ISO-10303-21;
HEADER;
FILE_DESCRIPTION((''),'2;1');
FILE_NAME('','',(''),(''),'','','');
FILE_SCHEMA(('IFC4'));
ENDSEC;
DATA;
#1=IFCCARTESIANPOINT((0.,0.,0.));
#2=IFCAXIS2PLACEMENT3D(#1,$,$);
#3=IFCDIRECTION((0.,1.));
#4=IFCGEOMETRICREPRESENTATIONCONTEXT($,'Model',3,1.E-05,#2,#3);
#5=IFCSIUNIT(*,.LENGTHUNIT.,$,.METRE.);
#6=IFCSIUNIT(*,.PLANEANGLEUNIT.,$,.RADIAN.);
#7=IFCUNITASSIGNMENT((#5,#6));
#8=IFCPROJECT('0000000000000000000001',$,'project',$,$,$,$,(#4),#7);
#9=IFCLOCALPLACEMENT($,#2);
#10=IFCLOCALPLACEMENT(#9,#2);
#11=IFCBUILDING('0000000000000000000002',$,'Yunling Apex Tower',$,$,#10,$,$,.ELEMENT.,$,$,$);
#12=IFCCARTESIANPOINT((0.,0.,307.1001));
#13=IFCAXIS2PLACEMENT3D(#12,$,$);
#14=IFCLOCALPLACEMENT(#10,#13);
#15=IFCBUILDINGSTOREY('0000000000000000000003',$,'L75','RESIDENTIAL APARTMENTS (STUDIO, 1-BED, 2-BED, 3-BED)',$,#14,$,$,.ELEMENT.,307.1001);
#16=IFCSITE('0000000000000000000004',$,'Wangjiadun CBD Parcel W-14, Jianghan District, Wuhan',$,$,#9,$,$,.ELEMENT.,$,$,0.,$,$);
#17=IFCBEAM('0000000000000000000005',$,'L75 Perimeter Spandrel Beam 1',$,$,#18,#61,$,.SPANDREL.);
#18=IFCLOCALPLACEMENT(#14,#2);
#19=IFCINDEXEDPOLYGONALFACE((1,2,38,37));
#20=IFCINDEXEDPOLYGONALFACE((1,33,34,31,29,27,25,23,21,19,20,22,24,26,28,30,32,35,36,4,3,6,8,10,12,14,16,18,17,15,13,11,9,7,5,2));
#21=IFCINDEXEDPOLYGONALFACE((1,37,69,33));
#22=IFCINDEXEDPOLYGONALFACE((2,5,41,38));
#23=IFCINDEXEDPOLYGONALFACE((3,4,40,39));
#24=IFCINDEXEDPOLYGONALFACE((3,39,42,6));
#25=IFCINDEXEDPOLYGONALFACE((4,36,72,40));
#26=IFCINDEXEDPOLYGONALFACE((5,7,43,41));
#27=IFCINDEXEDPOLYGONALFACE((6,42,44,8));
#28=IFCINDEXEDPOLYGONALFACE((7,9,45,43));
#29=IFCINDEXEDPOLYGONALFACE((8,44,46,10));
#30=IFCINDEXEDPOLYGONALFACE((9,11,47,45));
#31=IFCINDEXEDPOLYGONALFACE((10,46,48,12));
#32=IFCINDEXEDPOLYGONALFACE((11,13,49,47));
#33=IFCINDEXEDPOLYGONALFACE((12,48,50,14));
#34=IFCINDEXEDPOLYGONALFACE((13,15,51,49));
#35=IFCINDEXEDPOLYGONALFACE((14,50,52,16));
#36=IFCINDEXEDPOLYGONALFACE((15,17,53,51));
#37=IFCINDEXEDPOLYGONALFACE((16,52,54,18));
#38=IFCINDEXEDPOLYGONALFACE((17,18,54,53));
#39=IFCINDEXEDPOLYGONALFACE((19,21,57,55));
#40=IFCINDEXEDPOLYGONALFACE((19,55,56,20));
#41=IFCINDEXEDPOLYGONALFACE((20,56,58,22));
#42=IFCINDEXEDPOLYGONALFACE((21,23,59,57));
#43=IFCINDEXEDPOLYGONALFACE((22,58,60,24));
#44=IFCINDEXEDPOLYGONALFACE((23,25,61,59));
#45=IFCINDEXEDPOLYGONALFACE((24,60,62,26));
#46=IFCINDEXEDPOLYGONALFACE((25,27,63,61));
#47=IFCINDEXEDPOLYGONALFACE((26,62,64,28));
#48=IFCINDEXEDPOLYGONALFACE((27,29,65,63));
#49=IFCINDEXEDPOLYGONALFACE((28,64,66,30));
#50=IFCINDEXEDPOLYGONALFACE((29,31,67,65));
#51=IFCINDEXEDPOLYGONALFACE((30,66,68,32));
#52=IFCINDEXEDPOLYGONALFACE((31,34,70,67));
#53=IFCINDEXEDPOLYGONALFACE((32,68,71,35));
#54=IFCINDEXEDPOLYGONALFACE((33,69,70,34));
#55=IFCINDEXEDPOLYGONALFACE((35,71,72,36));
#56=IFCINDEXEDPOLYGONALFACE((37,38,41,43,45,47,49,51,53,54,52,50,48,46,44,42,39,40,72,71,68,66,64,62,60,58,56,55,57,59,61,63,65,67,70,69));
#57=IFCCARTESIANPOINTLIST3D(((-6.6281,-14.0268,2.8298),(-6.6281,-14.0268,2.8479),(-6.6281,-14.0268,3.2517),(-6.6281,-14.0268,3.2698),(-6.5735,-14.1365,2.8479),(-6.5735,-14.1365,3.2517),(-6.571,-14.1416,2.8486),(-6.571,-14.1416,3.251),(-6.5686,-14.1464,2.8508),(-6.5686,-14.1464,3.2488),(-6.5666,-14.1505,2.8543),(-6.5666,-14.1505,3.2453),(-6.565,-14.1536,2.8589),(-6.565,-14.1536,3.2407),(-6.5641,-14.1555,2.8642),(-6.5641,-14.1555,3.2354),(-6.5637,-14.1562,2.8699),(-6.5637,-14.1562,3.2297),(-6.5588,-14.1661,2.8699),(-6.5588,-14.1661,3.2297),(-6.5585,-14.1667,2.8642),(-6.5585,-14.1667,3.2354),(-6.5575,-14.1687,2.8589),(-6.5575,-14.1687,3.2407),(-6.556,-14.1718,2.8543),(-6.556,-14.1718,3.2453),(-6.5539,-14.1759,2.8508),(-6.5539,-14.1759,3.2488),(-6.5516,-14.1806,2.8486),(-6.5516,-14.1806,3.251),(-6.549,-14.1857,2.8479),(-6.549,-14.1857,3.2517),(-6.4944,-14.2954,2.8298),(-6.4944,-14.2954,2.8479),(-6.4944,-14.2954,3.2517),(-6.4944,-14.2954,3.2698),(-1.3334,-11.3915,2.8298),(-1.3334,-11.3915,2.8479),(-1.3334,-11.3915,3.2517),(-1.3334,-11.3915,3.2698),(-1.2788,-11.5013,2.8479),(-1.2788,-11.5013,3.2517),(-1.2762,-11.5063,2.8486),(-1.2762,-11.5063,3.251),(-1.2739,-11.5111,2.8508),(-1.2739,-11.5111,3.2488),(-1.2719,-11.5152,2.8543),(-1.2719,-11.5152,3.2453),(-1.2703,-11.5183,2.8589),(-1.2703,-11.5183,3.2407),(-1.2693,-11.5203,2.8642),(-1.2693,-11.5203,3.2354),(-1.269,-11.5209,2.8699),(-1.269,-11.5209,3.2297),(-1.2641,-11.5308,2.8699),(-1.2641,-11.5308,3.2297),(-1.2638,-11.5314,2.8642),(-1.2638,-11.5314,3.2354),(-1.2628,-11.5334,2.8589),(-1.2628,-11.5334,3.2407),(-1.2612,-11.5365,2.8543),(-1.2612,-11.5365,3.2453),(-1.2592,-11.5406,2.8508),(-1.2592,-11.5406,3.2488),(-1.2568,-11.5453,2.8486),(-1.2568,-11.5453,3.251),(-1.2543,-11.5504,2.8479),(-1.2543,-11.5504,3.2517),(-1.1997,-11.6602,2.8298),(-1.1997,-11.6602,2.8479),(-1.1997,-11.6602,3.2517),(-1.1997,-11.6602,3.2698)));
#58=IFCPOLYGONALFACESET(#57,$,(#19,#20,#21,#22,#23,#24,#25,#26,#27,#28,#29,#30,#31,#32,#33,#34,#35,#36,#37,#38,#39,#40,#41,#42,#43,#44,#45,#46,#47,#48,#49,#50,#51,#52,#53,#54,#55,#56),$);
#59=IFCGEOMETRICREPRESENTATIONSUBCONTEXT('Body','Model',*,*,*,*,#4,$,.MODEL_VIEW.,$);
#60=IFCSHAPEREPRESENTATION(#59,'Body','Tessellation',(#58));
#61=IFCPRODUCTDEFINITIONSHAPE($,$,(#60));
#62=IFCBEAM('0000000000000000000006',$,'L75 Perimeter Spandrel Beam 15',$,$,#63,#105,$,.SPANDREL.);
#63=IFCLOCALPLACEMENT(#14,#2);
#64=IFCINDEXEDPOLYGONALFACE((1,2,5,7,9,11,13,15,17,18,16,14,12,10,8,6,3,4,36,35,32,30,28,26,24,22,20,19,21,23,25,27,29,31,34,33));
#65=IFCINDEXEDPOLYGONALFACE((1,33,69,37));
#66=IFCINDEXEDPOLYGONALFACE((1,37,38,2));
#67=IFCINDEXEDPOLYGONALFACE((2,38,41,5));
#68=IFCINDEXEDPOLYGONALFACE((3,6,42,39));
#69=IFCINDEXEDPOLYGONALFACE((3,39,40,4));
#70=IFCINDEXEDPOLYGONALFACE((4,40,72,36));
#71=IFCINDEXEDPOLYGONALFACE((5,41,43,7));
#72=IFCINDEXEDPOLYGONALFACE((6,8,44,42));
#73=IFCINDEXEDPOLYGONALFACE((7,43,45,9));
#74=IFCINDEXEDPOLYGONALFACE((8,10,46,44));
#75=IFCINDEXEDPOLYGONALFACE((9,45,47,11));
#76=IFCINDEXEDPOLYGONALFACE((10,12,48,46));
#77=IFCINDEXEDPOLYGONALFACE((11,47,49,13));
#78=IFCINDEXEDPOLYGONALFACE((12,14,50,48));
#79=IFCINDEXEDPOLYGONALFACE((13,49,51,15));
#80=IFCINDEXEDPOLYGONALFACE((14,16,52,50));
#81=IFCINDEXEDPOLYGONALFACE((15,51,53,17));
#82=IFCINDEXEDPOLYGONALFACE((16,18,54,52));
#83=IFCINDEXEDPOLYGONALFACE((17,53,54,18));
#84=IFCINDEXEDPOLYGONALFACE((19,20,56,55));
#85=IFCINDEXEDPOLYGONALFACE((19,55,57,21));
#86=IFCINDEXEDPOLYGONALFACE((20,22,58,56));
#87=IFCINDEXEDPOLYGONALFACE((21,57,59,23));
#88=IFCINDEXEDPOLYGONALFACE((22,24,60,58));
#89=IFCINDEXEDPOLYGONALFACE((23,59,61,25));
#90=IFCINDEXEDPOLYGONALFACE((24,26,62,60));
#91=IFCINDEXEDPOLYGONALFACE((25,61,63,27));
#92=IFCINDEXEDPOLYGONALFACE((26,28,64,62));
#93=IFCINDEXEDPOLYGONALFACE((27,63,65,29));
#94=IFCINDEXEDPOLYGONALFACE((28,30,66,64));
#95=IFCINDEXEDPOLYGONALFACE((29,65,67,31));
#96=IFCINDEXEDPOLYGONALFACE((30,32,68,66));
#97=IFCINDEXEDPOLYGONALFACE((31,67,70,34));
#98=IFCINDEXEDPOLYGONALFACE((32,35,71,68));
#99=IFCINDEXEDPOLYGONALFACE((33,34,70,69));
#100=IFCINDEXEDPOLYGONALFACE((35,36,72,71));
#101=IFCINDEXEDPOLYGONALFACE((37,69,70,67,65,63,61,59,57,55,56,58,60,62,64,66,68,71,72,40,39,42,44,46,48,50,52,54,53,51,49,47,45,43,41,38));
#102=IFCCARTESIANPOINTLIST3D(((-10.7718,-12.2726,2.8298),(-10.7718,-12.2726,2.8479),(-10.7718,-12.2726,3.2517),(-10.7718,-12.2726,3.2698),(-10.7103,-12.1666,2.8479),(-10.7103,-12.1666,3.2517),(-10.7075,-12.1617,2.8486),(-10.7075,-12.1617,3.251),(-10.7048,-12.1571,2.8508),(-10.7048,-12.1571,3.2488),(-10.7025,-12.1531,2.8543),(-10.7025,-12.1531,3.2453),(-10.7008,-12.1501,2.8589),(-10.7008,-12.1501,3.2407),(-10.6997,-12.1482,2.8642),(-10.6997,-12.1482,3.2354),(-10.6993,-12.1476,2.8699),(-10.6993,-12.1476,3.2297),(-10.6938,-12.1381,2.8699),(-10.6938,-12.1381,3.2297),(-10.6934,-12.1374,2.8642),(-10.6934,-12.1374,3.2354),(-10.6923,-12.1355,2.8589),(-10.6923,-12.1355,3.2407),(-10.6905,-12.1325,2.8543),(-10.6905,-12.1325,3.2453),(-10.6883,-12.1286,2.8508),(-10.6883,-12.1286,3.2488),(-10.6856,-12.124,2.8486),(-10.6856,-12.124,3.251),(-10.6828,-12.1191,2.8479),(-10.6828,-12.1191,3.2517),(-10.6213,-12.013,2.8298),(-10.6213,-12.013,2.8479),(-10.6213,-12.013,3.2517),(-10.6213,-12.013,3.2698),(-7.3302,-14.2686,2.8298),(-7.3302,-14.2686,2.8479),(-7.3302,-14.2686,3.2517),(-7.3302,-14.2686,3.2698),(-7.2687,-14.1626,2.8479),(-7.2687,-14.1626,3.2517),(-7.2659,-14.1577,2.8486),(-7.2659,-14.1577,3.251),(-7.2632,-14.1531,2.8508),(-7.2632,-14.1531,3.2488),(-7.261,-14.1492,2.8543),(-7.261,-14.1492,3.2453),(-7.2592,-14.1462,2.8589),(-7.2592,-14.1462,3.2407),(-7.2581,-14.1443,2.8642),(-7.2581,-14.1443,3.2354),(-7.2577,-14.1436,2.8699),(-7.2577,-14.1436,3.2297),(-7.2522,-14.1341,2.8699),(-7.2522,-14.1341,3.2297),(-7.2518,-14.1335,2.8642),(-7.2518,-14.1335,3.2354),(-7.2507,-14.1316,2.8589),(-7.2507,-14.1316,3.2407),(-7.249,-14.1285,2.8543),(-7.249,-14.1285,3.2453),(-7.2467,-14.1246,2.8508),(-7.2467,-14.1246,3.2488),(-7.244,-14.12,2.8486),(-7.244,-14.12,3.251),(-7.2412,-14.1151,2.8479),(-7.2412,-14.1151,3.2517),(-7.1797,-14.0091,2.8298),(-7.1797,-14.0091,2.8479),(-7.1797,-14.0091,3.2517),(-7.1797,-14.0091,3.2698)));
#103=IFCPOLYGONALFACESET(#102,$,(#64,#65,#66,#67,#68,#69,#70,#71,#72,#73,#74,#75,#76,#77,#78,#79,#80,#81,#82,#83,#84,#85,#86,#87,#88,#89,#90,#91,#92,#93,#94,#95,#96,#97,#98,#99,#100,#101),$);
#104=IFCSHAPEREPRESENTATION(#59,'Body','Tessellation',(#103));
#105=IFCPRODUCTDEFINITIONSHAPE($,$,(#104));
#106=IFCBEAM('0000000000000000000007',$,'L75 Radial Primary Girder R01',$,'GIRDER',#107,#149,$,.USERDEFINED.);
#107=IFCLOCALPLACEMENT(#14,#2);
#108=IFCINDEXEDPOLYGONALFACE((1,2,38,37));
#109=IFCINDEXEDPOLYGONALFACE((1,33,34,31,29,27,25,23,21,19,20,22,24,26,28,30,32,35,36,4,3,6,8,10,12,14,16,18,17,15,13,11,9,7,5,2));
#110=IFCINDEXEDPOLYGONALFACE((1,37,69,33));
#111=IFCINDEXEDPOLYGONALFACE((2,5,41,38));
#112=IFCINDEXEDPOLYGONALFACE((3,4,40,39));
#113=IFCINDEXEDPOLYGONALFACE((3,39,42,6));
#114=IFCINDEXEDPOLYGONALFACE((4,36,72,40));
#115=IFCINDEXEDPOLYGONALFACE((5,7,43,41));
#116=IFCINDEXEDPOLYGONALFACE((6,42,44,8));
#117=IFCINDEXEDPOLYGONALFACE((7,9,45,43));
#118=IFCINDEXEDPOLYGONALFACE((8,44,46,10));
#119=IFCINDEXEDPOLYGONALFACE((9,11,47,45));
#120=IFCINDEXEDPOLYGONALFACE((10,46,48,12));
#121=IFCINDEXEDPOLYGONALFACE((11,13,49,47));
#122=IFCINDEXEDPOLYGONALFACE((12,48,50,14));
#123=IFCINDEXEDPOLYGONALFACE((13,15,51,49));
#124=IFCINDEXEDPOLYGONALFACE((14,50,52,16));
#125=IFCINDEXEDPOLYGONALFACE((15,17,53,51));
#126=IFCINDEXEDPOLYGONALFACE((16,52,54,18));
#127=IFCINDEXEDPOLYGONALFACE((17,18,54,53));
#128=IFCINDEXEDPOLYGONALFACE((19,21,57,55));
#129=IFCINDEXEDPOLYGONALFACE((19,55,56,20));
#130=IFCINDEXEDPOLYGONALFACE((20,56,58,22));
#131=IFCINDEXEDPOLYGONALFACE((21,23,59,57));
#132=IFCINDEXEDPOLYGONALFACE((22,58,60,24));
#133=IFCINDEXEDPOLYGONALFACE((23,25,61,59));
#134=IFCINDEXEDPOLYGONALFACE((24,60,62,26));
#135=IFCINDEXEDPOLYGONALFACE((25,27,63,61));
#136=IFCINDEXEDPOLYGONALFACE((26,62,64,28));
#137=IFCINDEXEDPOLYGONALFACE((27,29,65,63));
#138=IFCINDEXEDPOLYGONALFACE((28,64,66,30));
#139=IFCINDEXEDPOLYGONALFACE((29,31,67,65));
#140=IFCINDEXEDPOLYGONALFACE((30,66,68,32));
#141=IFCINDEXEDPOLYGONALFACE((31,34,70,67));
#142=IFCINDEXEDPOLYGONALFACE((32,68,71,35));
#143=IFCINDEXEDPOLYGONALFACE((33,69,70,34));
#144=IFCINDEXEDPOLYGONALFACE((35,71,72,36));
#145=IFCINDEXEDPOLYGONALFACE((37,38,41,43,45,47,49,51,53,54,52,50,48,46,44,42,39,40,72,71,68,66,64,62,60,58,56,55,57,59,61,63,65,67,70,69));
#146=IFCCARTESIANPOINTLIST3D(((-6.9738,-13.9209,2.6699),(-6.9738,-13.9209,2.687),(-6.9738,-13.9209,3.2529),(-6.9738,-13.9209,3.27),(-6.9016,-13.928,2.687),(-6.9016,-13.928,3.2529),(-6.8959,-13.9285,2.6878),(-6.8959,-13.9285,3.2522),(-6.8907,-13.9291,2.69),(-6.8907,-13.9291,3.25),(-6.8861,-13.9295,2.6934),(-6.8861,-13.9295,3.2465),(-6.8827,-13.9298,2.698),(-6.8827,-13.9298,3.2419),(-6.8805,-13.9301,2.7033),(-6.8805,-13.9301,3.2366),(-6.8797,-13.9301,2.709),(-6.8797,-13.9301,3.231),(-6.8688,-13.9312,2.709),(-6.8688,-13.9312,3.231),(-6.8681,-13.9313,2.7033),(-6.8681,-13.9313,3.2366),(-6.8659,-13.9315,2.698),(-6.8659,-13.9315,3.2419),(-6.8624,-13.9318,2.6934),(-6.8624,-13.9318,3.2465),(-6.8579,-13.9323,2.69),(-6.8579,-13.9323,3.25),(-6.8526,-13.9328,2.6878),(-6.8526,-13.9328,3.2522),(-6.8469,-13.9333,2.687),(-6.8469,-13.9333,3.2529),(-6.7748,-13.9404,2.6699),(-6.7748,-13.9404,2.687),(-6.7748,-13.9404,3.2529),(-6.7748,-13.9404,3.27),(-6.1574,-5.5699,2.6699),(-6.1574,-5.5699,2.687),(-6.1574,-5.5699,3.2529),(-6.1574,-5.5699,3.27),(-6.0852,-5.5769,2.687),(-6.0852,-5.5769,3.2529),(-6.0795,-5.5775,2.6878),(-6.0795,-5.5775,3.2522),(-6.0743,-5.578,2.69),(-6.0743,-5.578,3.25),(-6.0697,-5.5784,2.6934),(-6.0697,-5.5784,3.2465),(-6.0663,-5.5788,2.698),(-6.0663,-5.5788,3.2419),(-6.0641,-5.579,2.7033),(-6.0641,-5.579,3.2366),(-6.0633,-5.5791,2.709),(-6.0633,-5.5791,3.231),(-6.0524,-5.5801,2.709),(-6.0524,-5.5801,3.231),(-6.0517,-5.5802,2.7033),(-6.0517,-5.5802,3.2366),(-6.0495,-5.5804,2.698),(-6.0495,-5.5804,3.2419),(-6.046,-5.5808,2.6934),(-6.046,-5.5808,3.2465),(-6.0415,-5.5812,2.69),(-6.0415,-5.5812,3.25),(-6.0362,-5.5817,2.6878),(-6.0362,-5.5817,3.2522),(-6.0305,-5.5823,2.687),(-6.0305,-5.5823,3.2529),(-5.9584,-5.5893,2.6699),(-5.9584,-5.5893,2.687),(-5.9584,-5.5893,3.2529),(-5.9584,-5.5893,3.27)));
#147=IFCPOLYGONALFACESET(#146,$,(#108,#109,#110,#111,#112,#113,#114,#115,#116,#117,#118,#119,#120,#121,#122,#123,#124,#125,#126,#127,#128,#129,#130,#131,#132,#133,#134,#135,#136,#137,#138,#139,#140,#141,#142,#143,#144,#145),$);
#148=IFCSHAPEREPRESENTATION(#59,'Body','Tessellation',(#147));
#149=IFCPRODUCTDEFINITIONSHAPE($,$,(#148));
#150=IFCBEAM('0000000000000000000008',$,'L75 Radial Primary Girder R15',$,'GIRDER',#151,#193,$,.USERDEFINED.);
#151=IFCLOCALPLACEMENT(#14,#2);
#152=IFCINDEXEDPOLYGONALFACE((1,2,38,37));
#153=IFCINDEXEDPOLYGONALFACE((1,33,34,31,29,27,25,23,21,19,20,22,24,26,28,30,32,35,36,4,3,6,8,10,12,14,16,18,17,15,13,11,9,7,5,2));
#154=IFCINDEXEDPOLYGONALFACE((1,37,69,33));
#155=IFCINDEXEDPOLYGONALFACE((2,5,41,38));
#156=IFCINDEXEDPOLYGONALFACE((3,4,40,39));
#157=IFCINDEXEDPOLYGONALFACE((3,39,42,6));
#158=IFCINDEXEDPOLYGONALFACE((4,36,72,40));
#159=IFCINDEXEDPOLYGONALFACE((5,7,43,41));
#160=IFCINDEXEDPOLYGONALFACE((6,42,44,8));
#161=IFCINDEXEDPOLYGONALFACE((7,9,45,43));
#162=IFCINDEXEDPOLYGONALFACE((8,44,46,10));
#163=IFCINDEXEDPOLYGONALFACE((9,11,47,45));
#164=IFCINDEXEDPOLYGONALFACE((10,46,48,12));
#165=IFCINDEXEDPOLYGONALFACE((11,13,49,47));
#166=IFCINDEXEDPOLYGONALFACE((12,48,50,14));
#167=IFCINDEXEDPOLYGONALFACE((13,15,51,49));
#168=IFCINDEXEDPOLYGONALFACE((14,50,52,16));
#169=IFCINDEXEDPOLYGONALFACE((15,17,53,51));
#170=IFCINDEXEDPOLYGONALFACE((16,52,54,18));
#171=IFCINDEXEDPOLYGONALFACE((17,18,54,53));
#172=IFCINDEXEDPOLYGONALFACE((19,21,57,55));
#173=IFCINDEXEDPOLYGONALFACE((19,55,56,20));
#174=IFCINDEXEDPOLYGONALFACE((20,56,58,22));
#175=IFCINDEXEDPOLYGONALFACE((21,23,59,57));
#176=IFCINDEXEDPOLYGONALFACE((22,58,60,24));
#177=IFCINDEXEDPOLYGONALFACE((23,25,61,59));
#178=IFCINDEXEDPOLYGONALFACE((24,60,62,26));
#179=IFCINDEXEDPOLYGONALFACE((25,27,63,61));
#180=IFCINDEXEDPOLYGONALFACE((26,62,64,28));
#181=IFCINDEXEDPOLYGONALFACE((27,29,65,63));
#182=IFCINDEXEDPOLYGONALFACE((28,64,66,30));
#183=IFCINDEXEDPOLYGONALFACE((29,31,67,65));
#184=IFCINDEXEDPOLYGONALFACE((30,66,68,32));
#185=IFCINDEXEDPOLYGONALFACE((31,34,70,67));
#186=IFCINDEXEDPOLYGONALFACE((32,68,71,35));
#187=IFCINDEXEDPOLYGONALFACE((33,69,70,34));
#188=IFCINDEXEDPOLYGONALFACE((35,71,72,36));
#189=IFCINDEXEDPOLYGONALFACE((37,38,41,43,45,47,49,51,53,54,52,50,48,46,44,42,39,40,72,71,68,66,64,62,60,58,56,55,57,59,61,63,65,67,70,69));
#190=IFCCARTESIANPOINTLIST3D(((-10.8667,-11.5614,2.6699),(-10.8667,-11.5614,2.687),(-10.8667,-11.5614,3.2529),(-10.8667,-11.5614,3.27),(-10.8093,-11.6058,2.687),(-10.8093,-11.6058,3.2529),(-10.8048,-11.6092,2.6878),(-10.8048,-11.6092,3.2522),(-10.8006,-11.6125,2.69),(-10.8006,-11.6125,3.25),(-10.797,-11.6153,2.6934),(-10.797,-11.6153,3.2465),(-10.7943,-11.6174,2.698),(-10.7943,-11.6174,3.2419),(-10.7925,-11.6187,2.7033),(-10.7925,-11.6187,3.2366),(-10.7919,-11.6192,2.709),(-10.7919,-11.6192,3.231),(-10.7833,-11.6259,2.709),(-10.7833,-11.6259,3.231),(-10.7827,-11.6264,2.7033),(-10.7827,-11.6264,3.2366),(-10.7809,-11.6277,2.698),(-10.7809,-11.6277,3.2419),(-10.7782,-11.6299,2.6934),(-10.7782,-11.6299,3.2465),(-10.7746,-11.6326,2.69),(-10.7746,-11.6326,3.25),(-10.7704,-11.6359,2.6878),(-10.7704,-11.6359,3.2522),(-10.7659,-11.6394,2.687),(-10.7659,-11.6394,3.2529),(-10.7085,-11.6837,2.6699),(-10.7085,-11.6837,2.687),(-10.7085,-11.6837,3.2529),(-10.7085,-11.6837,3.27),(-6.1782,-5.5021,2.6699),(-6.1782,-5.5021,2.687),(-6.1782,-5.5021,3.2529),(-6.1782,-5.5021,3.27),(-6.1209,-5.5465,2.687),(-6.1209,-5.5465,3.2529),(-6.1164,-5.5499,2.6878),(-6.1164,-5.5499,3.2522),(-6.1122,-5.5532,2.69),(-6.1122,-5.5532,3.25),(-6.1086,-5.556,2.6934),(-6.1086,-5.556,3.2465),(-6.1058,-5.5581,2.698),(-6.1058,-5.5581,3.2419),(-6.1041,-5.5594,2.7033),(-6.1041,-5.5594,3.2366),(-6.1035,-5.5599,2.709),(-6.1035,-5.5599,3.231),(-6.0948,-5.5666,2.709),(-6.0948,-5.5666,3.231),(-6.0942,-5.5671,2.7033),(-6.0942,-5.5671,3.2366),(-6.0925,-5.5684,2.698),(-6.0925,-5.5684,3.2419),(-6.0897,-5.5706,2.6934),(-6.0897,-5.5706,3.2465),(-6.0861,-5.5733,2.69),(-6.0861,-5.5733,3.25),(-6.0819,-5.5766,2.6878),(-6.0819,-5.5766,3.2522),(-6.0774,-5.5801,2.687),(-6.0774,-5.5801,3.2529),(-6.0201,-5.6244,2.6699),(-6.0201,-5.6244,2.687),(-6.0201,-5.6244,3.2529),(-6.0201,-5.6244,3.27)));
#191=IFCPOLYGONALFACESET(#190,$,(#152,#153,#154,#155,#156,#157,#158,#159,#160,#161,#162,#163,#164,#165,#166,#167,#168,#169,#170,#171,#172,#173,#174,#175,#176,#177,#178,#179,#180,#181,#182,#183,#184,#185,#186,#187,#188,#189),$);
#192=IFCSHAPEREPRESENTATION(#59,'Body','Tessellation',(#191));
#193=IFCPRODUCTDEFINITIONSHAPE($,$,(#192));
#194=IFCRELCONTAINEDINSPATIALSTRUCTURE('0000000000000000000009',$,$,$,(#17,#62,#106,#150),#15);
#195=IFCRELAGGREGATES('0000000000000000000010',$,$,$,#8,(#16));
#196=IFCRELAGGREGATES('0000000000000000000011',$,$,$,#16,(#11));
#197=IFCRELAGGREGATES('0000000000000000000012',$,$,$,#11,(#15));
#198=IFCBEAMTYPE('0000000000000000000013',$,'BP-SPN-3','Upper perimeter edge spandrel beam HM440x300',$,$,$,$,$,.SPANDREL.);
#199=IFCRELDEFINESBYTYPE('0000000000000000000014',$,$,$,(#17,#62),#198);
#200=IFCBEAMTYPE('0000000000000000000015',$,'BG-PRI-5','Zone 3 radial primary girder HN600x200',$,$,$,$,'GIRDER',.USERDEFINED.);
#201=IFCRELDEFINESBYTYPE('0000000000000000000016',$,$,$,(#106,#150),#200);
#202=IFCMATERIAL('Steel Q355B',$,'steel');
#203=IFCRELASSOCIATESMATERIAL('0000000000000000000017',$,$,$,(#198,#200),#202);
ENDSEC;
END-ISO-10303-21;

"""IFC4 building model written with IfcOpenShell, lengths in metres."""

from ifc_helpers import new_model, si_unit, direction, frame, origin, origin_2d, place, context, subcontext, project, spatial, i_section, extrude, source, transform, mapped, material, material_profile, profile_set, type_object, element, save


model = new_model("IFC4")

# Units and contexts
model_context = context("Model", 3, precision=1e-05, world=origin(), true_north=direction((0.0, 1.0)))
body_context = subcontext(model_context, "Body", "Model", "MODEL_VIEW")
ifc_project = project(units=[si_unit("LENGTHUNIT", "METRE"), si_unit("PLANEANGLEUNIT", "RADIAN")], contexts=[model_context])

# Site, building, storey
site_placement = place(None, origin())
site = spatial("IfcSite", under=ifc_project, at=site_placement, Name="Wangjiadun CBD Parcel W-14, Jianghan District, Wuhan", CompositionType="ELEMENT", RefElevation=0.0)
building_placement = place(site_placement, origin())
building = spatial("IfcBuilding", under=site, at=building_placement, Name="Yunling Apex Tower", CompositionType="ELEMENT")
storey_placement = place(building_placement, frame((0.0, 0.0, 307.1001)))
storey = spatial("IfcBuildingStorey", under=building, at=storey_placement, Name="L75", Description="RESIDENTIAL APARTMENTS (STUDIO, 1-BED, 2-BED, 3-BED)", CompositionType="ELEMENT", Elevation=307.1001)

# Shared definitions
ifc_material_1 = material(Name="Steel Q355B", Category="steel")

# Beams
ifc_material_profile_1 = material_profile(ifc_material_1, i_section(OverallWidth=0.3, OverallDepth=0.4399, WebThickness=0.011, FlangeThickness=0.0181, FilletRadius=0.022, at=origin_2d()))
ifc_profile_set_1 = profile_set([ifc_material_profile_1], Name="Steel Q355B")
beam_type_1 = type_object("IfcBeamType", Name="BP-SPN-3", Description="Upper perimeter edge spandrel beam HM440x300", PredefinedType="SPANDREL", material=ifc_profile_set_1)
shared_shape_1 = source(origin(), body_context, "Body", "SweptSolid", [
    extrude(i_section(OverallWidth=0.3, OverallDepth=0.4399, WebThickness=0.011, FlangeThickness=0.0181, FilletRadius=0.022, at=origin_2d()), origin(), (0.0, 0.0, 1.0), 5.9143),
])
beam_1_placement = place(storey_placement, frame((-6.5613, -14.1611, 3.0498), z_axis=(0.895243, 0.445578, 0.0), x_axis=(-0.445578, 0.895243, 0.0)))
element("IfcBeam", 1, at=beam_1_placement, inside=storey, type_object=beam_type_1, Name="L75 Perimeter Spandrel Beam 1", PredefinedType="SPANDREL", context=body_context, shape_type="MappedRepresentation", body=[
    mapped(shared_shape_1, transform((0.0, 0.0, 0.0), scale=1.0)),
])
shared_shape_2 = source(origin(), body_context, "Body", "SweptSolid", [
    extrude(i_section(OverallWidth=0.3, OverallDepth=0.4399, WebThickness=0.011, FlangeThickness=0.0181, FilletRadius=0.022, at=origin_2d()), origin(), (0.0, 0.0, 1.0), 3.9785),
])
beam_2_placement = place(storey_placement, frame((-10.6965, -12.1428, 3.0498), z_axis=(0.865038, -0.501706, 0.0), x_axis=(0.501706, 0.865038, 0.0)))
element("IfcBeam", 2, at=beam_2_placement, inside=storey, type_object=beam_type_1, Name="L75 Perimeter Spandrel Beam 15", PredefinedType="SPANDREL", context=body_context, shape_type="MappedRepresentation", body=[
    mapped(shared_shape_2, transform((0.0, 0.0, 0.0), scale=1.0)),
])
ifc_material_profile_2 = material_profile(ifc_material_1, i_section(OverallWidth=0.2, OverallDepth=0.6001, WebThickness=0.011, FlangeThickness=0.0171, FilletRadius=0.022, at=origin_2d()))
ifc_profile_set_2 = profile_set([ifc_material_profile_2], Name="Steel Q355B")
beam_type_2 = type_object("IfcBeamType", Name="BG-PRI-5", Description="Zone 3 radial primary girder HN600x200", ElementType="GIRDER", PredefinedType="USERDEFINED", material=ifc_profile_set_2)
shared_shape_3 = source(origin(), body_context, "Body", "SweptSolid", [
    extrude(i_section(OverallWidth=0.2, OverallDepth=0.6001, WebThickness=0.011, FlangeThickness=0.0171, FilletRadius=0.022, at=origin_2d()), origin(), (0.0, 0.0, 1.0), 8.3909),
])
beam_3_placement = place(storey_placement, frame((-6.8743, -13.9307, 2.97), z_axis=(0.097297, 0.995255, 0.0), x_axis=(-0.995255, 0.097297, 0.0)))
element("IfcBeam", 3, at=beam_3_placement, inside=storey, type_object=beam_type_2, Name="L75 Radial Primary Girder R01", ObjectType="GIRDER", PredefinedType="USERDEFINED", context=body_context, shape_type="MappedRepresentation", body=[
    mapped(shared_shape_3, transform((0.0, 0.0, 0.0), scale=1.0)),
])
shared_shape_4 = source(origin(), body_context, "Body", "SweptSolid", [
    extrude(i_section(OverallWidth=0.2, OverallDepth=0.6001, WebThickness=0.011, FlangeThickness=0.0171, FilletRadius=0.022, at=origin_2d()), origin(), (0.0, 0.0, 1.0), 7.6614),
])
beam_4_placement = place(storey_placement, frame((-10.7876, -11.6226, 2.97), z_axis=(0.61196, 0.790889, 0.0), x_axis=(-0.790889, 0.61196, 0.0)))
element("IfcBeam", 4, at=beam_4_placement, inside=storey, type_object=beam_type_2, Name="L75 Radial Primary Girder R15", ObjectType="GIRDER", PredefinedType="USERDEFINED", context=body_context, shape_type="MappedRepresentation", body=[
    mapped(shared_shape_4, transform((0.0, 0.0, 0.0), scale=1.0)),
])

save(model, "model.ifc")
